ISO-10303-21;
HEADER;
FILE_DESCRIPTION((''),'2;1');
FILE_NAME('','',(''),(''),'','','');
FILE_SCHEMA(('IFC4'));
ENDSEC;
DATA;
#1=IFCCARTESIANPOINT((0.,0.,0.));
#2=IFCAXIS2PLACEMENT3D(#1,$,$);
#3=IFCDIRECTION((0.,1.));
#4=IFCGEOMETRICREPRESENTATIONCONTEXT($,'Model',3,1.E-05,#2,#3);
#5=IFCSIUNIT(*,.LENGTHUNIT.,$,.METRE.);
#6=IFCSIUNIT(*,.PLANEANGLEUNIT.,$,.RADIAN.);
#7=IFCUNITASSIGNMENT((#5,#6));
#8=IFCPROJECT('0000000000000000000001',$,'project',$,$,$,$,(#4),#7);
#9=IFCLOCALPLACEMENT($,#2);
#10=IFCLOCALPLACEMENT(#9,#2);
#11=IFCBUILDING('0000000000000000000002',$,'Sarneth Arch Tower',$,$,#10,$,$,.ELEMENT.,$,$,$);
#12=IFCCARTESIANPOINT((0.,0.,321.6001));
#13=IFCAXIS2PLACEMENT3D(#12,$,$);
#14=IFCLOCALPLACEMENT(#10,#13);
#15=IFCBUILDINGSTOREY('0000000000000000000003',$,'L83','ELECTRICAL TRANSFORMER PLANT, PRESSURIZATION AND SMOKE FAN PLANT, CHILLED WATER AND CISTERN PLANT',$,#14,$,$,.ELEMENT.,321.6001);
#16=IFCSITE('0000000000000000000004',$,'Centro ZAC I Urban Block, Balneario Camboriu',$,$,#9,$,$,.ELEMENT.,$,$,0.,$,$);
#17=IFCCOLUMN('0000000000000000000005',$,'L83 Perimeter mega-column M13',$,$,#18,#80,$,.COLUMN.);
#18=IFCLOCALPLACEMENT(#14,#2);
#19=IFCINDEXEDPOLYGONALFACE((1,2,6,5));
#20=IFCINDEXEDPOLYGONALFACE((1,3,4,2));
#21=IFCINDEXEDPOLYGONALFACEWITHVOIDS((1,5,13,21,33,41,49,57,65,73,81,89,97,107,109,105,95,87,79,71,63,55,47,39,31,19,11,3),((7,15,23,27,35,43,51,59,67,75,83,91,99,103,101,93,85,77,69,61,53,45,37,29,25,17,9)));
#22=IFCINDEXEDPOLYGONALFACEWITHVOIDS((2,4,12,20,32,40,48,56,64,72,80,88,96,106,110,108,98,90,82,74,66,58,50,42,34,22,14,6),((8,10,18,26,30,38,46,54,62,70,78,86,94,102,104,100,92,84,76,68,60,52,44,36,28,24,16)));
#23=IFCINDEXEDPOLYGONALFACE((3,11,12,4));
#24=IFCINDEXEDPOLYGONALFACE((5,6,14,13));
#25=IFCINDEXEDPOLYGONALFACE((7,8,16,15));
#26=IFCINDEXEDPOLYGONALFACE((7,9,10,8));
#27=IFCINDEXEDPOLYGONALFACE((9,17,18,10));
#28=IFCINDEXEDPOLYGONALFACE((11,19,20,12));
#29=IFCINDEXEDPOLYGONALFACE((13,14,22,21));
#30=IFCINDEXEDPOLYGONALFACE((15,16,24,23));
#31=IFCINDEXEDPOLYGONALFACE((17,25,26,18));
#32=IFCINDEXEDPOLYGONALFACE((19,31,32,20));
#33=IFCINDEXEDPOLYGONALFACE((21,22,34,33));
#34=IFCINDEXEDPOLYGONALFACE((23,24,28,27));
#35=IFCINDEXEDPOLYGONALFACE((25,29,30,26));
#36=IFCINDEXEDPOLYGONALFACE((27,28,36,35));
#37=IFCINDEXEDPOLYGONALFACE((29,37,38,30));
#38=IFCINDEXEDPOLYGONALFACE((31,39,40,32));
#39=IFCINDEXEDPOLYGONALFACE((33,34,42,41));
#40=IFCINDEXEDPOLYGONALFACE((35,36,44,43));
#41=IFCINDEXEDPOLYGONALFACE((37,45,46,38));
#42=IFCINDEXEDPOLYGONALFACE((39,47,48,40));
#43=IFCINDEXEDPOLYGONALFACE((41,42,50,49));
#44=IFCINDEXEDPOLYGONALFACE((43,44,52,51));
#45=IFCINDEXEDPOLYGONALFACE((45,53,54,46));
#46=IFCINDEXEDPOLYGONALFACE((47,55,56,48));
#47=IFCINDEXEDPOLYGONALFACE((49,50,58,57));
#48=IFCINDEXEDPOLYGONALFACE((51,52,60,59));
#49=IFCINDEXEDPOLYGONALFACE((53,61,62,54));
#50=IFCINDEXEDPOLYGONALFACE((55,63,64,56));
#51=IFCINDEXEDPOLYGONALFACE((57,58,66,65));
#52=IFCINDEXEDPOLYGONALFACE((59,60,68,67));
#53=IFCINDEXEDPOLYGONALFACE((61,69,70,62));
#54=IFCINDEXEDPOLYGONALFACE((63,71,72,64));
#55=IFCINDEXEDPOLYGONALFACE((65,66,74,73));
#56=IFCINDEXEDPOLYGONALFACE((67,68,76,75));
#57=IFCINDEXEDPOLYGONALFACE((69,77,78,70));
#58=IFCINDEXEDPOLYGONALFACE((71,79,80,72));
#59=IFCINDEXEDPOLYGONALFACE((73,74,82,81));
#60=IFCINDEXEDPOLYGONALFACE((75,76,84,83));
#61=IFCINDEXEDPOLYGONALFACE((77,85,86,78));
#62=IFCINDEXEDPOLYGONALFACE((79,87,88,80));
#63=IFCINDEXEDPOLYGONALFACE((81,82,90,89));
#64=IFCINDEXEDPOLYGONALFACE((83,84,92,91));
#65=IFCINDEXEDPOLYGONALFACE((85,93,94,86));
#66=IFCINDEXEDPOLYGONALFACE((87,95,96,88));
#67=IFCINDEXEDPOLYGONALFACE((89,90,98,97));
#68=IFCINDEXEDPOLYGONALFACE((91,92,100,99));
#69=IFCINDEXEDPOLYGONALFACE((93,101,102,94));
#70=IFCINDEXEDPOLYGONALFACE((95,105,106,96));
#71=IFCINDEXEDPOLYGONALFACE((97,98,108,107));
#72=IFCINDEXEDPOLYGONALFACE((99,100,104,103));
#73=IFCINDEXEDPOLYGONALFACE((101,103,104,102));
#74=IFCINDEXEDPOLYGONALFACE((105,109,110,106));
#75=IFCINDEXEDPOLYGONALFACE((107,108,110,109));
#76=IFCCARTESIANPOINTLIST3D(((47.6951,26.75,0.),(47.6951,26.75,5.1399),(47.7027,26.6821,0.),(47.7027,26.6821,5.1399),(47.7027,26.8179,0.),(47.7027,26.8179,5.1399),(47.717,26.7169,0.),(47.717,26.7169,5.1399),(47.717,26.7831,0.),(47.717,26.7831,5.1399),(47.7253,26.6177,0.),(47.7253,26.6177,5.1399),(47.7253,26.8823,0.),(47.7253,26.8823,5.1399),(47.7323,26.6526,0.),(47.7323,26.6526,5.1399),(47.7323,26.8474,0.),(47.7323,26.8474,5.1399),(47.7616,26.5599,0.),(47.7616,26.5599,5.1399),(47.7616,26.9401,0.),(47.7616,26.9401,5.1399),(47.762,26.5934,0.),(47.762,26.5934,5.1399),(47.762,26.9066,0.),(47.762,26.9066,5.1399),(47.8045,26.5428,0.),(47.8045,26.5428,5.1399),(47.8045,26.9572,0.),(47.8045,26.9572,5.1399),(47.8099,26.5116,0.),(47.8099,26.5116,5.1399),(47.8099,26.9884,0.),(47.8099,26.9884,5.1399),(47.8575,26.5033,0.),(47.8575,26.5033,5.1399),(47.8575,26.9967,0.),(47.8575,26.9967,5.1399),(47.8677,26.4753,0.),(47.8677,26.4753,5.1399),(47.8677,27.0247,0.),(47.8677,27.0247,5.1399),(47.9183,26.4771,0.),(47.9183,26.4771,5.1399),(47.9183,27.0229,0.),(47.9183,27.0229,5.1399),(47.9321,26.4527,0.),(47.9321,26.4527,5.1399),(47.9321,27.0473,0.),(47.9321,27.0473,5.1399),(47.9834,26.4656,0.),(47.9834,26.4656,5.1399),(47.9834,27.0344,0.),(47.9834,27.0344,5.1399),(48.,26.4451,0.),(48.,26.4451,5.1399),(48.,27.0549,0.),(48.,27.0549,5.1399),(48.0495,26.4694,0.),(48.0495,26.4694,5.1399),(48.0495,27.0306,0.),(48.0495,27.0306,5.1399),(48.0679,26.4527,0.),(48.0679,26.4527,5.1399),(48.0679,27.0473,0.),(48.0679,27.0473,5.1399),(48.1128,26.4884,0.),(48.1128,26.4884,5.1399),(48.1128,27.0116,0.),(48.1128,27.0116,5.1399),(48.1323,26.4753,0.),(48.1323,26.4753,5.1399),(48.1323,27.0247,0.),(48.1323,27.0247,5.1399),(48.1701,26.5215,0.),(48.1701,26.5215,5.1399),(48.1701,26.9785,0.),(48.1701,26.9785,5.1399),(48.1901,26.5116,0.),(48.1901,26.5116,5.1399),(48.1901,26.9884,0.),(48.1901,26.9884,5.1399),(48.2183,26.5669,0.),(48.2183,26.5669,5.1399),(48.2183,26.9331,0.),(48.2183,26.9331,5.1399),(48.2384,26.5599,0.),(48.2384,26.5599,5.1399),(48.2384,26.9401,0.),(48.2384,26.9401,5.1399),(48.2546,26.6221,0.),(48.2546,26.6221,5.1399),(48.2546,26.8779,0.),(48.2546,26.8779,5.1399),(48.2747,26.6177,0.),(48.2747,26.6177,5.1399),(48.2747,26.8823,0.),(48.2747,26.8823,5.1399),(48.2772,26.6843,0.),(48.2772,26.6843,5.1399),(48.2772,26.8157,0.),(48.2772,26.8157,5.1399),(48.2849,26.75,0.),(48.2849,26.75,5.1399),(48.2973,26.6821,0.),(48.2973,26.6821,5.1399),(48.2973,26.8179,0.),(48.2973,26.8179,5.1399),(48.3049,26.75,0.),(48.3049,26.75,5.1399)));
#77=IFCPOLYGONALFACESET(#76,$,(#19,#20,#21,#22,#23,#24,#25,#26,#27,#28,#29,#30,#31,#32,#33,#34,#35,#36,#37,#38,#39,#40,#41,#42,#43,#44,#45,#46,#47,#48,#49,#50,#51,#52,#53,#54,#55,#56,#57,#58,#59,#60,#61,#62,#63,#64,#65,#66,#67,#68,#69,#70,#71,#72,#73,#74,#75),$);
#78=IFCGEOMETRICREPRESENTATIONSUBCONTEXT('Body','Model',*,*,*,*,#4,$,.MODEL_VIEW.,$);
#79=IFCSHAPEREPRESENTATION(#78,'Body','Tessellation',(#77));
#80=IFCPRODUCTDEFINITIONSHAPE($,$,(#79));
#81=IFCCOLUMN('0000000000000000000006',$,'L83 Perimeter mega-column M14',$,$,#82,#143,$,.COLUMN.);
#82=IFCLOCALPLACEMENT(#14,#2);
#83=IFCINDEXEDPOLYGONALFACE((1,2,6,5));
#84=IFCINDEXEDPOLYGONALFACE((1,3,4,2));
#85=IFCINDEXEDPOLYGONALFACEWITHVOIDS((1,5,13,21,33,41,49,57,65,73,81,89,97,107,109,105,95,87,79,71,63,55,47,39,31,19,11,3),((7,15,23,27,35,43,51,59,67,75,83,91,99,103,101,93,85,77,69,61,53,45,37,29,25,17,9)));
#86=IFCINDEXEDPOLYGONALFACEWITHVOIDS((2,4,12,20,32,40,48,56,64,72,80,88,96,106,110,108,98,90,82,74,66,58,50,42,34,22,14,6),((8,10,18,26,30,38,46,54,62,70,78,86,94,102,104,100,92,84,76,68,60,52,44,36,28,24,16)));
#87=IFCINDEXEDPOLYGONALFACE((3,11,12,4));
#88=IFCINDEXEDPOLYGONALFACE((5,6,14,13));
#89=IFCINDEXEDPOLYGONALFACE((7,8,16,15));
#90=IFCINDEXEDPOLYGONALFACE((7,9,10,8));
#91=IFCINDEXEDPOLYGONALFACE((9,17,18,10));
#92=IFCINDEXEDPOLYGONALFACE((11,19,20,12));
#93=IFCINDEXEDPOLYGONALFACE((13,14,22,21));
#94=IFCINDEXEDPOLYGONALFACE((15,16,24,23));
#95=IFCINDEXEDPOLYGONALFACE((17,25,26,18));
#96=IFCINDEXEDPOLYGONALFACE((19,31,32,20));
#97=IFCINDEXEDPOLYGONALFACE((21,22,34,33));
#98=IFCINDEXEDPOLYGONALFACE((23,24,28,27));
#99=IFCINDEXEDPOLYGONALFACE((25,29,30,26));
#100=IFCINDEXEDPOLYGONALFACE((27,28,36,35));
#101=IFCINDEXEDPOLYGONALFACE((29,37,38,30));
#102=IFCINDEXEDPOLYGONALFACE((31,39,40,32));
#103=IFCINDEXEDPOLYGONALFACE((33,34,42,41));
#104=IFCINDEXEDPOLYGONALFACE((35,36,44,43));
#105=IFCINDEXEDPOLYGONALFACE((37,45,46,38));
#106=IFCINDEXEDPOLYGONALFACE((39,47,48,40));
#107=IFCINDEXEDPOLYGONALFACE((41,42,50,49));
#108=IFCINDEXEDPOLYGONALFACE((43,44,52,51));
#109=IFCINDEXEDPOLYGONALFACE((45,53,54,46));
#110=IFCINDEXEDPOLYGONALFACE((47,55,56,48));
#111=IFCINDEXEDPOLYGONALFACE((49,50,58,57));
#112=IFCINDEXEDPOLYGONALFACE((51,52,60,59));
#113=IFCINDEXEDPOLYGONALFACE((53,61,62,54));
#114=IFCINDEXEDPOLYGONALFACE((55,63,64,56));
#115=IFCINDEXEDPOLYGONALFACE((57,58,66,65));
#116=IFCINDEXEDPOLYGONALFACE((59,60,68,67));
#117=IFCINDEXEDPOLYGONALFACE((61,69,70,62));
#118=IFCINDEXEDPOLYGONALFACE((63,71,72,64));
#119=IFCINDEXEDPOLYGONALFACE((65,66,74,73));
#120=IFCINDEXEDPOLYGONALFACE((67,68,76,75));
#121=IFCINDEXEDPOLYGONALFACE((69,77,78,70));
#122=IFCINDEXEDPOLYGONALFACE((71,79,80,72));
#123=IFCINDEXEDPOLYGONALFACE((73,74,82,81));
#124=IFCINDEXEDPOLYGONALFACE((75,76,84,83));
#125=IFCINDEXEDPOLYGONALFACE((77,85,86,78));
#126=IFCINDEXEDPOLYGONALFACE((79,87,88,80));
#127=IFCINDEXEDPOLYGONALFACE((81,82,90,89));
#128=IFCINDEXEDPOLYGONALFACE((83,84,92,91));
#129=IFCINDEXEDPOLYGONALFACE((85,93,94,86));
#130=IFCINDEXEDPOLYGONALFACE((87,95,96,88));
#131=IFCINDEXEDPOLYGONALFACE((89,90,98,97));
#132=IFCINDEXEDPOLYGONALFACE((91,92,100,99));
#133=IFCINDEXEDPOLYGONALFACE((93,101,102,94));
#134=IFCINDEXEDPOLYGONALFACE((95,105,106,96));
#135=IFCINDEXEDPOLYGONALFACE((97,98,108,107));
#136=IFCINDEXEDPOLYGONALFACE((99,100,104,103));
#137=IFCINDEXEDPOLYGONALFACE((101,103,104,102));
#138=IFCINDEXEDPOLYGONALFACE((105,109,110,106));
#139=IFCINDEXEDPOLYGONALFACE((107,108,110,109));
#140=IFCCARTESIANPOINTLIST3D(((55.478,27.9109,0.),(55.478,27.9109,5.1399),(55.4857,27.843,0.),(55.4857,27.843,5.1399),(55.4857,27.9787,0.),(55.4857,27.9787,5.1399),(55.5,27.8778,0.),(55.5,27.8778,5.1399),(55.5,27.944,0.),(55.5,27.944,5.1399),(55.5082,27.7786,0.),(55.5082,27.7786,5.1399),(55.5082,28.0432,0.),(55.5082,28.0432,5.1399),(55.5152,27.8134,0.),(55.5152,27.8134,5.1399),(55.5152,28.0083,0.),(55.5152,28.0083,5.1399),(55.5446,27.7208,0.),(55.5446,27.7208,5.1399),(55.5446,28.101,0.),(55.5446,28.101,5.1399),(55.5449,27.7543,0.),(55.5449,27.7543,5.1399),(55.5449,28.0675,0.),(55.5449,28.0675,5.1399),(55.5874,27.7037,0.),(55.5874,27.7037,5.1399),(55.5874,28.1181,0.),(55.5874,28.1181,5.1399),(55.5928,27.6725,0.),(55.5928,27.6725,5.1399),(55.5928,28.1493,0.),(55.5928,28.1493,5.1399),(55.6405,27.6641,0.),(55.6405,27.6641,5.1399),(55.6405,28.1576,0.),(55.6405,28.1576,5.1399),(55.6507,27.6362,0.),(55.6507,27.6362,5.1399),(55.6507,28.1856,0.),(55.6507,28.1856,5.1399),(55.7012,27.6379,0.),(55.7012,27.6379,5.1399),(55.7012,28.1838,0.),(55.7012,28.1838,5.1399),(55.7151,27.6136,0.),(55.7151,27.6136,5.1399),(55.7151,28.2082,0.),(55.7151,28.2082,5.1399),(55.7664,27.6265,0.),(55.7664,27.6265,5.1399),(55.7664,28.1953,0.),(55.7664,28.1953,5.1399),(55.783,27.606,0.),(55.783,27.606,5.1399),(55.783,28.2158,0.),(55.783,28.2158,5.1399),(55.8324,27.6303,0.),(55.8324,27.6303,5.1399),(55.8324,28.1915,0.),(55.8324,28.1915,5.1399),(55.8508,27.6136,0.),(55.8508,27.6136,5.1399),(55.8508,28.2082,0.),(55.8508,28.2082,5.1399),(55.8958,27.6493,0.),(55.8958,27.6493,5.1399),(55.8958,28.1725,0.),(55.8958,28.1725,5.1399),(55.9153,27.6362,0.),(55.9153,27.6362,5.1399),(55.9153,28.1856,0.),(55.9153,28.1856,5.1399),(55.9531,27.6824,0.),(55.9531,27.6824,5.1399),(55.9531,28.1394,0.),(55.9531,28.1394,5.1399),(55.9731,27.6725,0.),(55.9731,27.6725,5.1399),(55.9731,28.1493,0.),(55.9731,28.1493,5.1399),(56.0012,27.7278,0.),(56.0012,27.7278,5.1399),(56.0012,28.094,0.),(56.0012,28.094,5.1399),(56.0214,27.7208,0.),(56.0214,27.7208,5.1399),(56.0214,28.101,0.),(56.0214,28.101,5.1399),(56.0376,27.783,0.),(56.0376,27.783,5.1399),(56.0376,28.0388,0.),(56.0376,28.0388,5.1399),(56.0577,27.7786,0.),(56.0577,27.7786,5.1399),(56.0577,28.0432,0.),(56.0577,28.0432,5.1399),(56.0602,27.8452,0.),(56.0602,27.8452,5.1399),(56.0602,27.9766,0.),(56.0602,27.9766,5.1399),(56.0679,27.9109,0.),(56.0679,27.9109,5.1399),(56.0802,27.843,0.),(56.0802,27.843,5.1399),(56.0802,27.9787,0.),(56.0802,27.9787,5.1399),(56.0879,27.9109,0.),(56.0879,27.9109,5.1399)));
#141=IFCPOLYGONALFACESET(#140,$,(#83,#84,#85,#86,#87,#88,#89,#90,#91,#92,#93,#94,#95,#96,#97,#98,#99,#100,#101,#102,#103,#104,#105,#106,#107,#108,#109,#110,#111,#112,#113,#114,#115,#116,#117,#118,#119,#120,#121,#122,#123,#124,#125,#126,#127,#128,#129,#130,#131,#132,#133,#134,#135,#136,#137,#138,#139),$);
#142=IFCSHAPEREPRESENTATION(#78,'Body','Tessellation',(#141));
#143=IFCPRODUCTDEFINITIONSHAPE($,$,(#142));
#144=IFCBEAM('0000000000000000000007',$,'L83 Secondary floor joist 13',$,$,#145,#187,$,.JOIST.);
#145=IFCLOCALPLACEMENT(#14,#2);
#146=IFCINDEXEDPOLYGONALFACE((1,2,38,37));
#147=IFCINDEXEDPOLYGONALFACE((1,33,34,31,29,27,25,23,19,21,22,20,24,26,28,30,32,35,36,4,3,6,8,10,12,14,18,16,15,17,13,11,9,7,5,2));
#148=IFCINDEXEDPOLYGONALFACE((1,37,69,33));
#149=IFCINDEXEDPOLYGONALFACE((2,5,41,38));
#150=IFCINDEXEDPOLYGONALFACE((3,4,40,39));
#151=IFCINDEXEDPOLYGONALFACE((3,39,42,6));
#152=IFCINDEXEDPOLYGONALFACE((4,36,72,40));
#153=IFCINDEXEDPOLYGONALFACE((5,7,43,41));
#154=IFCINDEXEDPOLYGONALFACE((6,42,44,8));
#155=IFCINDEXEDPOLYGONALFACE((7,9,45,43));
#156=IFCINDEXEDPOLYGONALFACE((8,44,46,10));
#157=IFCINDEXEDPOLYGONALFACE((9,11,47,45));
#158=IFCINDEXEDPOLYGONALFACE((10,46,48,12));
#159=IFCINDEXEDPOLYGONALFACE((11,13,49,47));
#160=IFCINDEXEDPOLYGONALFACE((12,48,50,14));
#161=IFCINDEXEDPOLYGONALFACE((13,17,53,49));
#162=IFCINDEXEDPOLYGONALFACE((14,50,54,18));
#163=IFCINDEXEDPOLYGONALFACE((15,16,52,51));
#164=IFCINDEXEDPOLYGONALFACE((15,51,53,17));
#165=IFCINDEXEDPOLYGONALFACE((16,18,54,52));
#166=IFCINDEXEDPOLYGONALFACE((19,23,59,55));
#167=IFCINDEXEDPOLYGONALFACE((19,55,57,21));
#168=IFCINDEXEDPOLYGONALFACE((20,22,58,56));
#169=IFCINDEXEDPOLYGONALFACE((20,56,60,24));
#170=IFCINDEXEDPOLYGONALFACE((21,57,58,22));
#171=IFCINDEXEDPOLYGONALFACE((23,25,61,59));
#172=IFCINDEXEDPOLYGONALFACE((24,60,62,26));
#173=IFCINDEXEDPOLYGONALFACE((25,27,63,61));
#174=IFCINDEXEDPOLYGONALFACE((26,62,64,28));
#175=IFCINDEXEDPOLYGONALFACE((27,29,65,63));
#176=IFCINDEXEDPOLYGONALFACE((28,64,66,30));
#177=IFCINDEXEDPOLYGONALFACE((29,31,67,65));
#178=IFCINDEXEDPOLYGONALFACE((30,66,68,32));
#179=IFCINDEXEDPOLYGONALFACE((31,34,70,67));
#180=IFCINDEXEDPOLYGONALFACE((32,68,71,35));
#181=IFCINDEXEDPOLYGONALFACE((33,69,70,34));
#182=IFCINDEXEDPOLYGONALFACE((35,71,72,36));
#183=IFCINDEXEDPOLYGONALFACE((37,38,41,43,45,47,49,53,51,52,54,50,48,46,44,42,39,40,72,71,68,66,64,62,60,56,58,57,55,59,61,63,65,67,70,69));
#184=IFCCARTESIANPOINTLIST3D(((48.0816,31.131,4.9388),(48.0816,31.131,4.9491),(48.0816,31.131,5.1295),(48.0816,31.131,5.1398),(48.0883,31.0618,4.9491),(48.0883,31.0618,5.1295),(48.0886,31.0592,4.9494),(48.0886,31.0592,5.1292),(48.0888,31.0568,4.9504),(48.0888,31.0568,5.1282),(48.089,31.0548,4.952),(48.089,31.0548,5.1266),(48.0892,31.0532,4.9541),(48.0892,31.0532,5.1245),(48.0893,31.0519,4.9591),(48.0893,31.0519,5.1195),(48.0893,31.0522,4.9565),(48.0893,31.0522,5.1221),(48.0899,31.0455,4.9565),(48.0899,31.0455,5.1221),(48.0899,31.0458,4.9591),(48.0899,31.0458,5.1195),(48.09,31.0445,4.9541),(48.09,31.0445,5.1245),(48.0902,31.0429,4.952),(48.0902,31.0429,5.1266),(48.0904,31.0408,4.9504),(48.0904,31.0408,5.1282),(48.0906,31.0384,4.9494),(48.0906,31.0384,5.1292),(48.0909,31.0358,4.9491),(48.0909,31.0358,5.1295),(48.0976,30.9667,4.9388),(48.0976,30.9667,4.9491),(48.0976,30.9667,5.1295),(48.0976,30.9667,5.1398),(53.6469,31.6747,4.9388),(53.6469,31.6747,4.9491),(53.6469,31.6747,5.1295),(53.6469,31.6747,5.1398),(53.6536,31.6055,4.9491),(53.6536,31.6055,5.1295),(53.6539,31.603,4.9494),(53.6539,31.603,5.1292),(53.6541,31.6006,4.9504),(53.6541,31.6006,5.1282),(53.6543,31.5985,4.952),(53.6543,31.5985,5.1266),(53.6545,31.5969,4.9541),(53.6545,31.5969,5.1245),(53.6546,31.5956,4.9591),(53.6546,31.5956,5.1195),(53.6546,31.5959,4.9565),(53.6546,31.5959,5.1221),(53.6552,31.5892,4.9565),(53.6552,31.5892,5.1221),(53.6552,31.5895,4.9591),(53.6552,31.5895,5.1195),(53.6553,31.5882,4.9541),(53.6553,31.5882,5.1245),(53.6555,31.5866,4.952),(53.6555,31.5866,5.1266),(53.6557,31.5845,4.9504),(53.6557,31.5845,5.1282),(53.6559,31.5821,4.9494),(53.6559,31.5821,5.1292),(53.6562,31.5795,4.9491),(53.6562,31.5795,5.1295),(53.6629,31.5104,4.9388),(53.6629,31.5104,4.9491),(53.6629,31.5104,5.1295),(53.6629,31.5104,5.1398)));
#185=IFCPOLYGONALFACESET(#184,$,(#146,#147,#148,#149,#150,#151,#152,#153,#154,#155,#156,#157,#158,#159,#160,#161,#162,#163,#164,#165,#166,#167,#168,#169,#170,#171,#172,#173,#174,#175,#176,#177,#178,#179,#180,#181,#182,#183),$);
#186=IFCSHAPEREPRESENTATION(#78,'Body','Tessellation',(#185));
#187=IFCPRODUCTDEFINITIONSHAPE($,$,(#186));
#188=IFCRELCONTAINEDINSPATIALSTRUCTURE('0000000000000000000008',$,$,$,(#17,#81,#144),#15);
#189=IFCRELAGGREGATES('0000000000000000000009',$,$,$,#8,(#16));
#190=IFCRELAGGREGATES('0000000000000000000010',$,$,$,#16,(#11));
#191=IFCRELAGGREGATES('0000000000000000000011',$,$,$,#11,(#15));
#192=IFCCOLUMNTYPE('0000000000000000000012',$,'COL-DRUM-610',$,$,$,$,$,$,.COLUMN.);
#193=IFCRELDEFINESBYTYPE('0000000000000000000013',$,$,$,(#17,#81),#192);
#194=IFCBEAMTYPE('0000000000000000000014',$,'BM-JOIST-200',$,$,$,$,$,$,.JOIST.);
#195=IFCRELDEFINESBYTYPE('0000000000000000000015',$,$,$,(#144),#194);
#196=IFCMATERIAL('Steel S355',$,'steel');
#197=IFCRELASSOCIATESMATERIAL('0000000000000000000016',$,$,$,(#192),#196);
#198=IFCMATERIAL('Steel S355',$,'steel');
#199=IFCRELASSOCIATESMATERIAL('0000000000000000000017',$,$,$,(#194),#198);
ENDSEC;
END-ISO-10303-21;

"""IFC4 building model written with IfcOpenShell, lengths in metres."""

from ifc_helpers import new_model, si_unit, direction, frame, origin, origin_2d, place, context, subcontext, project, spatial, hollow_circle, i_section, extrude, material, material_profile, profile_set, type_object, element, save


model = new_model("IFC4")

# Units and contexts
model_context = context("Model", 3, precision=1e-05, world=origin(), true_north=direction((0.0, 1.0)))
body_context = subcontext(model_context, "Body", "Model", "MODEL_VIEW")
ifc_project = project(units=[si_unit("LENGTHUNIT", "METRE"), si_unit("PLANEANGLEUNIT", "RADIAN")], contexts=[model_context])

# Site, building, storey
site_placement = place(None, origin())
site = spatial("IfcSite", under=ifc_project, at=site_placement, Name="Centro ZAC I Urban Block, Balneario Camboriu", CompositionType="ELEMENT", RefElevation=0.0)
building_placement = place(site_placement, origin())
building = spatial("IfcBuilding", under=site, at=building_placement, Name="Sarneth Arch Tower", CompositionType="ELEMENT")
storey_placement = place(building_placement, frame((0.0, 0.0, 321.6001)))
storey = spatial("IfcBuildingStorey", under=building, at=storey_placement, Name="L83", Description="ELECTRICAL TRANSFORMER PLANT, PRESSURIZATION AND SMOKE FAN PLANT, CHILLED WATER AND CISTERN PLANT", CompositionType="ELEMENT", Elevation=321.6001)

# Columns
ifc_material_1 = material(Name="Steel S355", Category="steel")
ifc_material_profile_1 = material_profile(ifc_material_1, hollow_circle(Radius=0.3049, WallThickness=0.02, at=origin_2d()), Name="CHS610x20")
ifc_profile_set_1 = profile_set([ifc_material_profile_1], Name="Steel S355")
column_type = type_object("IfcColumnType", Name="COL-DRUM-610", PredefinedType="COLUMN", material=ifc_profile_set_1)
for number, where, z_axis, x_axis, name in (
    (1, (48.0, 26.75, 0.0), (0.0, 0.0, 1.0), (1.0, 0.0, 0.0), "L83 Perimeter mega-column M13"),
    (2, (55.783, 27.9109, 0.0), (0.0, 0.0, 1.0), (1.0, 0.0, 0.0), "L83 Perimeter mega-column M14"),
):
    element("IfcColumn", number, at=place(storey_placement, frame(where, z_axis=z_axis, x_axis=x_axis)), inside=storey, type_object=column_type, Name=name, PredefinedType="COLUMN", context=body_context, shape_type="SweptSolid", body=[
        extrude(hollow_circle(Radius=0.3049, WallThickness=0.02, at=origin_2d()), origin(), (0.0, 0.0, 1.0), 5.1399),
    ])

# Beam
ifc_material_2 = material(Name="Steel S355", Category="steel")
ifc_material_profile_2 = material_profile(ifc_material_2, i_section(OverallWidth=0.165, OverallDepth=0.2009, WebThickness=0.0061, FlangeThickness=0.0103, FilletRadius=0.01, at=origin_2d()), Name="W200x35.9")
ifc_profile_set_2 = profile_set([ifc_material_profile_2], Name="Steel S355")
beam_type_1 = type_object("IfcBeamType", Name="BM-JOIST-200", PredefinedType="JOIST", material=ifc_profile_set_2)
beam_1_placement = place(storey_placement, frame((48.0896, 31.0488, 5.0393), z_axis=(0.995262, 0.097234, 0.0), x_axis=(-0.097234, 0.995262, 0.0)))
element("IfcBeam", 3, at=beam_1_placement, inside=storey, type_object=beam_type_1, Name="L83 Secondary floor joist 13", PredefinedType="JOIST", context=body_context, shape_type="SweptSolid", body=[
    extrude(i_section(OverallWidth=0.165, OverallDepth=0.2009, WebThickness=0.0061, FlangeThickness=0.0103, FilletRadius=0.01, at=origin_2d()), origin(), (0.0, 0.0, 1.0), 5.5918),
])

save(model, "model.ifc")
